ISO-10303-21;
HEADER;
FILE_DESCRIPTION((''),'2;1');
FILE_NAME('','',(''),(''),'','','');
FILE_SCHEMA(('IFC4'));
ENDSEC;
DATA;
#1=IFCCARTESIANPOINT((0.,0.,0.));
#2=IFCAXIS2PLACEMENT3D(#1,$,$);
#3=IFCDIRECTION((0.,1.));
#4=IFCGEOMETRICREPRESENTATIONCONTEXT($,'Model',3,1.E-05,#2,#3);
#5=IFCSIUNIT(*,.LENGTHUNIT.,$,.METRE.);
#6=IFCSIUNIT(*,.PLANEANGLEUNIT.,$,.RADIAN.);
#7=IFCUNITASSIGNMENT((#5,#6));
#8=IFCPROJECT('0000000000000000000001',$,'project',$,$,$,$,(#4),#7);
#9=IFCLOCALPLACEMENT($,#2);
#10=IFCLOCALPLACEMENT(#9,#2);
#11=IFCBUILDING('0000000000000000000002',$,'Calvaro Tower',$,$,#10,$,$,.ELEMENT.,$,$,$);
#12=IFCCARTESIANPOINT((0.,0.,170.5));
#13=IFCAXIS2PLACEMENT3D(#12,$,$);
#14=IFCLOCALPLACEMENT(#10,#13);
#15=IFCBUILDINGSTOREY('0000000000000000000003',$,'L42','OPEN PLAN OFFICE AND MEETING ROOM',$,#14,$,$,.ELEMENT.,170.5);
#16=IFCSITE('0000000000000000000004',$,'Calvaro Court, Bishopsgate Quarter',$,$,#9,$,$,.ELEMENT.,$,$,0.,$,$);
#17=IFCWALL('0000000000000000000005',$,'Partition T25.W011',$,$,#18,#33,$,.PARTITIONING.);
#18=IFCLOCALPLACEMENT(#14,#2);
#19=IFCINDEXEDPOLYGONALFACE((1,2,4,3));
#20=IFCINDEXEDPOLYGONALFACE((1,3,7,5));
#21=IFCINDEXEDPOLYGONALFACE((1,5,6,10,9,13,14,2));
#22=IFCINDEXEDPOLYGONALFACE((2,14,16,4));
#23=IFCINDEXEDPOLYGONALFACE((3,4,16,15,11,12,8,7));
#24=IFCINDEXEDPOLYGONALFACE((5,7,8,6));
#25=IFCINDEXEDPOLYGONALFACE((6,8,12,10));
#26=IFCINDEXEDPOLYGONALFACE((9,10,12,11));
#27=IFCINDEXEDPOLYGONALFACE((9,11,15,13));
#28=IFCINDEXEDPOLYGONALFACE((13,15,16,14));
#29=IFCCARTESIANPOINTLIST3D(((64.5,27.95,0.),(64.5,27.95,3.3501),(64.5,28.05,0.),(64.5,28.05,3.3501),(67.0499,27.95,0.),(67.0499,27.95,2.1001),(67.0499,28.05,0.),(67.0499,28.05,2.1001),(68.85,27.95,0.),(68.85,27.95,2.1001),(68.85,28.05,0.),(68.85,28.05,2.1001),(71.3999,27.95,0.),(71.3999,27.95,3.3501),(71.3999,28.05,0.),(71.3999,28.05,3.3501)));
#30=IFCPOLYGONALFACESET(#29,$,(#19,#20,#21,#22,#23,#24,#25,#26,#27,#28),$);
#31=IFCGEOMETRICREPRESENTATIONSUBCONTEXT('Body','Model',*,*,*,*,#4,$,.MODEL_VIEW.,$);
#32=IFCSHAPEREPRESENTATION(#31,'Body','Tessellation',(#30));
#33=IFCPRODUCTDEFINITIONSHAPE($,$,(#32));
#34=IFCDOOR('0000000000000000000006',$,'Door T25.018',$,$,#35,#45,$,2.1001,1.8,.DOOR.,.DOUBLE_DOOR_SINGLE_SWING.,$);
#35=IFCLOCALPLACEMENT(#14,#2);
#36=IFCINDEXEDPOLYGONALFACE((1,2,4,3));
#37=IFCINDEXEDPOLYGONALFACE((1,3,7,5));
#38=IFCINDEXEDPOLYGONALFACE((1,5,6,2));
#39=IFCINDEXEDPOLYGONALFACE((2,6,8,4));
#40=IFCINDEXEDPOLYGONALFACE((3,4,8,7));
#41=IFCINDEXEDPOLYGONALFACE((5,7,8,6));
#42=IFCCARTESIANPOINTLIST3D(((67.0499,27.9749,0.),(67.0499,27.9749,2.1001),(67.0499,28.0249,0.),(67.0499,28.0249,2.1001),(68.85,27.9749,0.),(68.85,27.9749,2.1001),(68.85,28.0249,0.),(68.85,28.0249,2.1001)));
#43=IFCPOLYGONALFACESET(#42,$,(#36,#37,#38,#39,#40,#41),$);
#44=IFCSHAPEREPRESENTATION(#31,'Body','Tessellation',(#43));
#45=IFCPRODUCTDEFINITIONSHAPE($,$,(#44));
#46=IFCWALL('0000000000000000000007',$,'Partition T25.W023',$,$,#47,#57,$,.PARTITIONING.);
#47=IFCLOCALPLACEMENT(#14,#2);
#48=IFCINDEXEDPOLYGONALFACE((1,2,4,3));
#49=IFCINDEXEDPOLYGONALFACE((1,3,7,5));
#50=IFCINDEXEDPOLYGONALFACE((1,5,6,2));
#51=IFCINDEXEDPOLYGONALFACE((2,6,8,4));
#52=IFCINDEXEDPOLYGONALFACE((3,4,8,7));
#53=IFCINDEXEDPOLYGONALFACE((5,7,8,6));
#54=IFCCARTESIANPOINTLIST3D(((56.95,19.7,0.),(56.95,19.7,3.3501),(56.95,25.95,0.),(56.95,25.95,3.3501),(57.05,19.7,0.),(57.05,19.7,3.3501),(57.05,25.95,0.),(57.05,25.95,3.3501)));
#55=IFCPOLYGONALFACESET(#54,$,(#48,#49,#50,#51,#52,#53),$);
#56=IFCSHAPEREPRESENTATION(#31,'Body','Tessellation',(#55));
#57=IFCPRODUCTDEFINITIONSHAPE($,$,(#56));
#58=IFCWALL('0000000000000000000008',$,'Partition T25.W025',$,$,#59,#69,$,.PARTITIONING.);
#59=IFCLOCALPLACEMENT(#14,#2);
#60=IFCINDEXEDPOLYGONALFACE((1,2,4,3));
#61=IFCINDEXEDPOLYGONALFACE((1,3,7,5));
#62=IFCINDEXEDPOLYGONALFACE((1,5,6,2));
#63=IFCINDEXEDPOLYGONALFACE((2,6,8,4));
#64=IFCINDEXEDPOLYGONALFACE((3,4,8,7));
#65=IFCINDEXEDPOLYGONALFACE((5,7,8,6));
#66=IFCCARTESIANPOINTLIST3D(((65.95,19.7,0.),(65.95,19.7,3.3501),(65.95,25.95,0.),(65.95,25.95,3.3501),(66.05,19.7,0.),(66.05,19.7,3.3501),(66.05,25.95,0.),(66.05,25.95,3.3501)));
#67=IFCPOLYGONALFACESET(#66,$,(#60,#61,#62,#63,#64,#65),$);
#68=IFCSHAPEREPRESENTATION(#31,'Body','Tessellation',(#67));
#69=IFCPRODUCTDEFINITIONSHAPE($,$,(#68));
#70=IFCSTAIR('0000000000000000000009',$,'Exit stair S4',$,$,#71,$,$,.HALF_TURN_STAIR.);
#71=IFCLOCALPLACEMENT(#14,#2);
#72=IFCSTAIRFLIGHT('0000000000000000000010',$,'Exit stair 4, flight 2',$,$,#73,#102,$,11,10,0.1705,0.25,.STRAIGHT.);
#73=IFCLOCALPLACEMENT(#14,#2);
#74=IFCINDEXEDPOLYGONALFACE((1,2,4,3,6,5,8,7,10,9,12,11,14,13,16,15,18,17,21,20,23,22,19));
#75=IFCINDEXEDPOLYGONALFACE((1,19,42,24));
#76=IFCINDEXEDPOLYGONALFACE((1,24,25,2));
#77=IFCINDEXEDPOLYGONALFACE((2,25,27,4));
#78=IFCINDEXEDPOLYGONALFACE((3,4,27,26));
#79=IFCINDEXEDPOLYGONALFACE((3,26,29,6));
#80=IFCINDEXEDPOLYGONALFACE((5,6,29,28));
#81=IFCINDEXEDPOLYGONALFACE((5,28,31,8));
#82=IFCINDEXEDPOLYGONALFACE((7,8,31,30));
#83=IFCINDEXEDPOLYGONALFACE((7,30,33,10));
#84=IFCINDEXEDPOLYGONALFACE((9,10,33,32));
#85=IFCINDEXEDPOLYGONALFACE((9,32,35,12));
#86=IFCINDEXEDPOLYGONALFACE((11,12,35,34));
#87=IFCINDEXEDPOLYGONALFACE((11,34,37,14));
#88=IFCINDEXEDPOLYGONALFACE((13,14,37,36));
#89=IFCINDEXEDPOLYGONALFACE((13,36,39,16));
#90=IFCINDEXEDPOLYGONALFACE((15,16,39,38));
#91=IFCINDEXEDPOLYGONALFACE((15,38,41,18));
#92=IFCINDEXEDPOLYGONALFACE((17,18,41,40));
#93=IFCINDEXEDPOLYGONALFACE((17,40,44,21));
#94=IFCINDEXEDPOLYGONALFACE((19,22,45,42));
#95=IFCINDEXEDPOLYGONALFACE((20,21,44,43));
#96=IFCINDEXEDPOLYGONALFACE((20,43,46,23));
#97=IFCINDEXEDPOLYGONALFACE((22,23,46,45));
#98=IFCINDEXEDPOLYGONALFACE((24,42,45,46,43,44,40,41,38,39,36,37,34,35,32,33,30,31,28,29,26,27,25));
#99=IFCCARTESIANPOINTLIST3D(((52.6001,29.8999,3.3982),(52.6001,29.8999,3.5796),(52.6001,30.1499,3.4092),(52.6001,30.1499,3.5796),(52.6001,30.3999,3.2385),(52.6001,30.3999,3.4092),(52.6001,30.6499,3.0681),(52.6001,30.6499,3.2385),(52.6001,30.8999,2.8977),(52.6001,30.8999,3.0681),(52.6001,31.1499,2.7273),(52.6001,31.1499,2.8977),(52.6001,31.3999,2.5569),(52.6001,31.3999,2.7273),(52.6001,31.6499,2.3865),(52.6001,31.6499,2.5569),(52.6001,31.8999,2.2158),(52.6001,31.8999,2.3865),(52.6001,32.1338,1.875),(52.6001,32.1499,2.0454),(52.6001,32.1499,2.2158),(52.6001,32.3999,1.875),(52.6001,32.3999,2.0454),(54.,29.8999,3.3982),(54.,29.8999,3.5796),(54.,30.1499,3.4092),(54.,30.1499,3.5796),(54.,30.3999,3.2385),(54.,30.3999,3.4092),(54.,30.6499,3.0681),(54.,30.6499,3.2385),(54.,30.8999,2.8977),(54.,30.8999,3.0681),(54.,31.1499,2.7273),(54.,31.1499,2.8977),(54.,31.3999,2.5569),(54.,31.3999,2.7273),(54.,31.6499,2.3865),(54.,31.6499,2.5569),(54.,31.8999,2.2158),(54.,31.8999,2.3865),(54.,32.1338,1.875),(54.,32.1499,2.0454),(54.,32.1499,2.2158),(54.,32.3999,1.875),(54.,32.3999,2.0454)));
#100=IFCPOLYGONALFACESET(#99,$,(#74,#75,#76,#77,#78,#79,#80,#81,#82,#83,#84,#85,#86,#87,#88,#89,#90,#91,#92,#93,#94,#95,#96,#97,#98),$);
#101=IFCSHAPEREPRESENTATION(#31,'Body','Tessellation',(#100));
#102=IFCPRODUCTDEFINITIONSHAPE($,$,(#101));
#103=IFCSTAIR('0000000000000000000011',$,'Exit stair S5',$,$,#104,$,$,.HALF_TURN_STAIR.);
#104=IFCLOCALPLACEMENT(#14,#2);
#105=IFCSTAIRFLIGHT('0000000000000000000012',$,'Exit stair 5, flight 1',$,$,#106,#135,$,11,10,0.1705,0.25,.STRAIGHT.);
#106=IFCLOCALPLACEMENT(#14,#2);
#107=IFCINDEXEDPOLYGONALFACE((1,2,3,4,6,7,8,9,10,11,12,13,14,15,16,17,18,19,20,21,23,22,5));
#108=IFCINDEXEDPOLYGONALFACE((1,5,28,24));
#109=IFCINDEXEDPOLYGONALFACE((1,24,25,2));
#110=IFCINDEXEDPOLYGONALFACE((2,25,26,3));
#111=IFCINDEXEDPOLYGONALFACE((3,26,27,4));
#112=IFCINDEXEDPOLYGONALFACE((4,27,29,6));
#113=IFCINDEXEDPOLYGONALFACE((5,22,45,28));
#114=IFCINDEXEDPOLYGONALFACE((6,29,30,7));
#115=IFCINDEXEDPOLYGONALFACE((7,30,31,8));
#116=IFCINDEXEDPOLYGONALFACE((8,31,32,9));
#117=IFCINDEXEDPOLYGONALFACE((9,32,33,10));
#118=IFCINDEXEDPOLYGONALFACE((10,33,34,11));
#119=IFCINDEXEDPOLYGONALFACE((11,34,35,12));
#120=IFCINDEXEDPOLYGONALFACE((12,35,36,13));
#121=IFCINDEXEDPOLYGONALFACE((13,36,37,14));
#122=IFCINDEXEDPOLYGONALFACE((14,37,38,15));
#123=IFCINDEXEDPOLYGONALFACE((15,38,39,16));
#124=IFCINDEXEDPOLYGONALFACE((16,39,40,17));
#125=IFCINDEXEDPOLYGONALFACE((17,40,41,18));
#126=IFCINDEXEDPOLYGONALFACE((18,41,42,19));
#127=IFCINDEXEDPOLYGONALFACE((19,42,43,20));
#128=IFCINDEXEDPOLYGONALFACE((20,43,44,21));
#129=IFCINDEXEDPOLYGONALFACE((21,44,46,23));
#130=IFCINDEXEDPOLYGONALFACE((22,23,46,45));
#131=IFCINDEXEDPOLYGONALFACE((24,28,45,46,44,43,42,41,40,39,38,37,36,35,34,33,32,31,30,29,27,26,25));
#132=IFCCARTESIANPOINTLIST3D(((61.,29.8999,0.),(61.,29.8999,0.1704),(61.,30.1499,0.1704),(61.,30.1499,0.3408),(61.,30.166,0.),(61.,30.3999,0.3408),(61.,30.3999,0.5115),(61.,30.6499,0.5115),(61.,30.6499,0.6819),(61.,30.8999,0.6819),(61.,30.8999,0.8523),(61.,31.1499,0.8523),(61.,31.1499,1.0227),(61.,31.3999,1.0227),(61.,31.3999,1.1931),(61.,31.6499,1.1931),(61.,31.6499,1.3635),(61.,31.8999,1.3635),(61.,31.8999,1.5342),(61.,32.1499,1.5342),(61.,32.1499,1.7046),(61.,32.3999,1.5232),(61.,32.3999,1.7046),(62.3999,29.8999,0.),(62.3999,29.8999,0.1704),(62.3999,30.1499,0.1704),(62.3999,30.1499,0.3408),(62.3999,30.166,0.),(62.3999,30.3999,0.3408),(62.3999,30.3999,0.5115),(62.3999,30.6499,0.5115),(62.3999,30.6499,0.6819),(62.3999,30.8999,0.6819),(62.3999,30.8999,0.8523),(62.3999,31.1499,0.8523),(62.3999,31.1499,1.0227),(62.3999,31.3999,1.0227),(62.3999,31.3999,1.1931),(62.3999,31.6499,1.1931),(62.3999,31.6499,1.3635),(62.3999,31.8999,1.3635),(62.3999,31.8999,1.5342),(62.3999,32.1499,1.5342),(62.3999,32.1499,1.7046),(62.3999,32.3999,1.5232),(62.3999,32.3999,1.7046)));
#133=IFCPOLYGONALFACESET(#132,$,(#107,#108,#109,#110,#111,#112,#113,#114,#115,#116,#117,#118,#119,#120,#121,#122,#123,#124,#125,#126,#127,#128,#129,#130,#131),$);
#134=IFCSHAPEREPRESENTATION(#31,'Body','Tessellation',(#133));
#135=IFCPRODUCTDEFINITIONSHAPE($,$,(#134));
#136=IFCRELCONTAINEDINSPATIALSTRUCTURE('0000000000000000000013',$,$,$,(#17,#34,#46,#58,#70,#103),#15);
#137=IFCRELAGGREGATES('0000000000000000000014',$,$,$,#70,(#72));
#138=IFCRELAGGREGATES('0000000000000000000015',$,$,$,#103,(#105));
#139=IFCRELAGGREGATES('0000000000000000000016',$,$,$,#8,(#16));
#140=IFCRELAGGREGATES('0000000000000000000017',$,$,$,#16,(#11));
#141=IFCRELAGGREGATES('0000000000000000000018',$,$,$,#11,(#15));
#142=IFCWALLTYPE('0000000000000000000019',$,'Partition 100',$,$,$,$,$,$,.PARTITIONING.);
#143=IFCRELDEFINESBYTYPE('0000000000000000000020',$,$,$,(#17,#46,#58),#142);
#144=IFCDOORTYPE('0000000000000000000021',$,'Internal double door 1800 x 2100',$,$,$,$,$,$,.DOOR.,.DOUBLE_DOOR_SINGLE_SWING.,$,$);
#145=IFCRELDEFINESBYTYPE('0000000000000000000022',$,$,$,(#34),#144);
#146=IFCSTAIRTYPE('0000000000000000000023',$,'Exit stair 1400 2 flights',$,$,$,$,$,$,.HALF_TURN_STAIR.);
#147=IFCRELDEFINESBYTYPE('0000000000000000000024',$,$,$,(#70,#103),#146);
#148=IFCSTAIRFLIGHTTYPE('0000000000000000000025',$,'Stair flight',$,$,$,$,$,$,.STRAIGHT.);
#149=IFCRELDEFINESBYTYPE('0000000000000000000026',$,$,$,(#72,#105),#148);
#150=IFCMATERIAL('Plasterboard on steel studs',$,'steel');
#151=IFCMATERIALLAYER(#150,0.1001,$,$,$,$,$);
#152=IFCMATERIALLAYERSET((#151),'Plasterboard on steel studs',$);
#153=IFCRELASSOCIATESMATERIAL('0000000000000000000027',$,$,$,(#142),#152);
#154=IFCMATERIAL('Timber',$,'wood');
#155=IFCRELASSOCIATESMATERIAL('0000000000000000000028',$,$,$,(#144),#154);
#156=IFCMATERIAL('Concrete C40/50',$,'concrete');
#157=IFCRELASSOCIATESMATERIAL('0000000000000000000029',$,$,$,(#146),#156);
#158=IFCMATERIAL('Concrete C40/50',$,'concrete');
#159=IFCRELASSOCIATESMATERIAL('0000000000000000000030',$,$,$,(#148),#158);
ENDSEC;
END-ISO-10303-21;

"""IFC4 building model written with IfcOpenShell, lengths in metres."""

from ifc_helpers import new_model, si_unit, direction, frame, frame_2d, origin, place, context, subcontext, project, spatial, polyline, rectangle, outline, extrude, material, layer, layer_set, type_object, element, fill, aggregate, save


model = new_model("IFC4")

# Units and contexts
model_context = context("Model", 3, precision=1e-05, world=origin(), true_north=direction((0.0, 1.0)))
body_context = subcontext(model_context, "Body", "Model", "MODEL_VIEW")
ifc_project = project(units=[si_unit("LENGTHUNIT", "METRE"), si_unit("PLANEANGLEUNIT", "RADIAN")], contexts=[model_context])

# Site, building, storey
site_placement = place(None, origin())
site = spatial("IfcSite", under=ifc_project, at=site_placement, Name="Calvaro Court, Bishopsgate Quarter", CompositionType="ELEMENT", RefElevation=0.0)
building_placement = place(site_placement, origin())
building = spatial("IfcBuilding", under=site, at=building_placement, Name="Calvaro Tower", CompositionType="ELEMENT")
storey_placement = place(building_placement, frame((0.0, 0.0, 170.5)))
storey = spatial("IfcBuildingStorey", under=building, at=storey_placement, Name="L42", Description="OPEN PLAN OFFICE AND MEETING ROOM", CompositionType="ELEMENT", Elevation=170.5)

# Wall, opening, door
ifc_material_1 = material(Name="Plasterboard on steel studs", Category="steel")
ifc_layer_1 = layer(ifc_material_1, 0.1001)
ifc_layer_set_1 = layer_set([ifc_layer_1], Name="Plasterboard on steel studs")
wall_type_1 = type_object("IfcWallType", Name="Partition 100", PredefinedType="PARTITIONING", material=ifc_layer_set_1)
wall_1_placement = place(storey_placement, frame((64.5, 28.0, 0.0), z_axis=(0.0, 0.0, 1.0), x_axis=(1.0, 0.0, 0.0)))
wall_1 = element("IfcWall", 1, at=wall_1_placement, inside=storey, type_object=wall_type_1, Name="Partition T25.W011", PredefinedType="PARTITIONING", context=body_context, shape_type="SweptSolid", body=[
    extrude(rectangle(XDim=6.8999, YDim=0.1001, at=frame_2d((3.45, 0.0))), origin(), (0.0, 0.0, 1.0), 3.3501),
])
opening_1_placement = place(wall_1_placement, frame((2.55, 0.0, 0.0)))
opening_1 = element("IfcOpeningElement", 2, at=opening_1_placement, cuts=wall_1, PredefinedType="OPENING", context=body_context, shape_type="SweptSolid", body=[
    extrude(rectangle(XDim=1.8, YDim=2.1001, at=frame_2d((0.8999, 1.05))), frame((0.0, 0.0601, 0.0), z_axis=(0.0, -1.0, 0.0), x_axis=(1.0, 0.0, 0.0)), (0.0, 0.0, 1.0), 0.1201),
])
ifc_material_2 = material(Name="Timber", Category="wood")
door_type_1 = type_object("IfcDoorType", Name="Internal double door 1800 x 2100", OperationType="DOUBLE_DOOR_SINGLE_SWING", PredefinedType="DOOR", material=ifc_material_2)
door_1_placement = place(opening_1_placement, origin())
door_1 = element("IfcDoor", 3, at=door_1_placement, inside=storey, type_object=door_type_1, Name="Door T25.018", OperationType="DOUBLE_DOOR_SINGLE_SWING", OverallHeight=2.1001, OverallWidth=1.8, PredefinedType="DOOR", context=body_context, shape_type="SweptSolid", body=[
    extrude(rectangle(XDim=1.8, YDim=2.1001, at=frame_2d((0.8999, 1.05))), frame((0.0, 0.0249, 0.0), z_axis=(0.0, -1.0, 0.0), x_axis=(1.0, 0.0, 0.0)), (0.0, 0.0, 1.0), 0.05),
])
fill(opening_1, door_1)

# Walls
for number, where, z_axis, x_axis, name in (
    (4, (57.0, 19.7, 0.0), (0.0, 0.0, 1.0), (0.0, 1.0, 0.0), "Partition T25.W023"),
    (5, (66.0, 19.7, 0.0), (0.0, 0.0, 1.0), (0.0, 1.0, 0.0), "Partition T25.W025"),
):
    element("IfcWall", number, at=place(storey_placement, frame(where, z_axis=z_axis, x_axis=x_axis)), inside=storey, type_object=wall_type_1, Name=name, PredefinedType="PARTITIONING", context=body_context, shape_type="SweptSolid", body=[
        extrude(rectangle(XDim=6.25, YDim=0.1001, at=frame_2d((3.125, 0.0))), origin(), (0.0, 0.0, 1.0), 3.3501),
    ])

# Stairs, stair flights
ifc_material_3 = material(Name="Concrete C40/50", Category="concrete")
stair_type = type_object("IfcStairType", Name="Exit stair 1400 2 flights", PredefinedType="HALF_TURN_STAIR", material=ifc_material_3)
stair_1_placement = place(storey_placement, origin())
stair_1 = element("IfcStair", 6, at=stair_1_placement, inside=storey, type_object=stair_type, Name="Exit stair S4", PredefinedType="HALF_TURN_STAIR")
ifc_material_4 = material(Name="Concrete C40/50", Category="concrete")
stair_flight_type = type_object("IfcStairFlightType", Name="Stair flight", PredefinedType="STRAIGHT", material=ifc_material_4)
stair_flight_1_placement = place(storey_placement, frame((53.3, 32.3999, 1.875), z_axis=(0.0, 0.0, 1.0), x_axis=(0.0, -1.0, 0.0)))
stair_flight_1 = element("IfcStairFlight", 7, at=stair_flight_1_placement, type_object=stair_flight_type, Name="Exit stair 4, flight 2", NumberOfRisers=11, NumberOfTreads=10, PredefinedType="STRAIGHT", RiserHeight=0.1705, TreadLength=0.25, context=body_context, shape_type="SweptSolid", body=[
    extrude(outline(polyline([(0.0, 0.0), (0.0, 0.1704), (0.25, 0.1704), (0.25, 0.3408), (0.5, 0.3408), (0.5, 0.5115), (0.75, 0.5115), (0.75, 0.6819), (1.0, 0.6819), (1.0, 0.8523), (1.25, 0.8523), (1.25, 1.0227), (1.5, 1.0227), (1.5, 1.1931), (1.75, 1.1931), (1.75, 1.3635), (2.0, 1.3635), (2.0, 1.5342), (2.25, 1.5342), (2.25, 1.7046), (2.5, 1.7046), (2.5, 1.875), (2.5, 1.5232), (0.2661, 0.0), (0.0, 0.0)])), frame((0.0, 0.7, 0.0), z_axis=(0.0, -1.0, 0.0), x_axis=(1.0, 0.0, 0.0)), (0.0, 0.0, 1.0), 1.3999),
])
stair_2_placement = place(storey_placement, origin())
stair_2 = element("IfcStair", 8, at=stair_2_placement, inside=storey, type_object=stair_type, Name="Exit stair S5", PredefinedType="HALF_TURN_STAIR")
stair_flight_2_placement = place(storey_placement, frame((61.7, 29.8999, 0.0), z_axis=(0.0, 0.0, 1.0), x_axis=(0.0, 1.0, 0.0)))
stair_flight_2 = element("IfcStairFlight", 9, at=stair_flight_2_placement, type_object=stair_flight_type, Name="Exit stair 5, flight 1", NumberOfRisers=11, NumberOfTreads=10, PredefinedType="STRAIGHT", RiserHeight=0.1705, TreadLength=0.25, context=body_context, shape_type="SweptSolid", body=[
    extrude(outline(polyline([(0.0, 0.0), (0.0, 0.1704), (0.25, 0.1704), (0.25, 0.3408), (0.5, 0.3408), (0.5, 0.5115), (0.75, 0.5115), (0.75, 0.6819), (1.0, 0.6819), (1.0, 0.8523), (1.25, 0.8523), (1.25, 1.0227), (1.5, 1.0227), (1.5, 1.1931), (1.75, 1.1931), (1.75, 1.3635), (2.0, 1.3635), (2.0, 1.5342), (2.25, 1.5342), (2.25, 1.7046), (2.5, 1.7046), (2.5, 1.875), (2.5, 1.5232), (0.2661, 0.0), (0.0, 0.0)])), frame((0.0, 0.7, 0.0), z_axis=(0.0, -1.0, 0.0), x_axis=(1.0, 0.0, 0.0)), (0.0, 0.0, 1.0), 1.3999),
])

aggregate(stair_1, [stair_flight_1])
aggregate(stair_2, [stair_flight_2])

save(model, "model.ifc")
